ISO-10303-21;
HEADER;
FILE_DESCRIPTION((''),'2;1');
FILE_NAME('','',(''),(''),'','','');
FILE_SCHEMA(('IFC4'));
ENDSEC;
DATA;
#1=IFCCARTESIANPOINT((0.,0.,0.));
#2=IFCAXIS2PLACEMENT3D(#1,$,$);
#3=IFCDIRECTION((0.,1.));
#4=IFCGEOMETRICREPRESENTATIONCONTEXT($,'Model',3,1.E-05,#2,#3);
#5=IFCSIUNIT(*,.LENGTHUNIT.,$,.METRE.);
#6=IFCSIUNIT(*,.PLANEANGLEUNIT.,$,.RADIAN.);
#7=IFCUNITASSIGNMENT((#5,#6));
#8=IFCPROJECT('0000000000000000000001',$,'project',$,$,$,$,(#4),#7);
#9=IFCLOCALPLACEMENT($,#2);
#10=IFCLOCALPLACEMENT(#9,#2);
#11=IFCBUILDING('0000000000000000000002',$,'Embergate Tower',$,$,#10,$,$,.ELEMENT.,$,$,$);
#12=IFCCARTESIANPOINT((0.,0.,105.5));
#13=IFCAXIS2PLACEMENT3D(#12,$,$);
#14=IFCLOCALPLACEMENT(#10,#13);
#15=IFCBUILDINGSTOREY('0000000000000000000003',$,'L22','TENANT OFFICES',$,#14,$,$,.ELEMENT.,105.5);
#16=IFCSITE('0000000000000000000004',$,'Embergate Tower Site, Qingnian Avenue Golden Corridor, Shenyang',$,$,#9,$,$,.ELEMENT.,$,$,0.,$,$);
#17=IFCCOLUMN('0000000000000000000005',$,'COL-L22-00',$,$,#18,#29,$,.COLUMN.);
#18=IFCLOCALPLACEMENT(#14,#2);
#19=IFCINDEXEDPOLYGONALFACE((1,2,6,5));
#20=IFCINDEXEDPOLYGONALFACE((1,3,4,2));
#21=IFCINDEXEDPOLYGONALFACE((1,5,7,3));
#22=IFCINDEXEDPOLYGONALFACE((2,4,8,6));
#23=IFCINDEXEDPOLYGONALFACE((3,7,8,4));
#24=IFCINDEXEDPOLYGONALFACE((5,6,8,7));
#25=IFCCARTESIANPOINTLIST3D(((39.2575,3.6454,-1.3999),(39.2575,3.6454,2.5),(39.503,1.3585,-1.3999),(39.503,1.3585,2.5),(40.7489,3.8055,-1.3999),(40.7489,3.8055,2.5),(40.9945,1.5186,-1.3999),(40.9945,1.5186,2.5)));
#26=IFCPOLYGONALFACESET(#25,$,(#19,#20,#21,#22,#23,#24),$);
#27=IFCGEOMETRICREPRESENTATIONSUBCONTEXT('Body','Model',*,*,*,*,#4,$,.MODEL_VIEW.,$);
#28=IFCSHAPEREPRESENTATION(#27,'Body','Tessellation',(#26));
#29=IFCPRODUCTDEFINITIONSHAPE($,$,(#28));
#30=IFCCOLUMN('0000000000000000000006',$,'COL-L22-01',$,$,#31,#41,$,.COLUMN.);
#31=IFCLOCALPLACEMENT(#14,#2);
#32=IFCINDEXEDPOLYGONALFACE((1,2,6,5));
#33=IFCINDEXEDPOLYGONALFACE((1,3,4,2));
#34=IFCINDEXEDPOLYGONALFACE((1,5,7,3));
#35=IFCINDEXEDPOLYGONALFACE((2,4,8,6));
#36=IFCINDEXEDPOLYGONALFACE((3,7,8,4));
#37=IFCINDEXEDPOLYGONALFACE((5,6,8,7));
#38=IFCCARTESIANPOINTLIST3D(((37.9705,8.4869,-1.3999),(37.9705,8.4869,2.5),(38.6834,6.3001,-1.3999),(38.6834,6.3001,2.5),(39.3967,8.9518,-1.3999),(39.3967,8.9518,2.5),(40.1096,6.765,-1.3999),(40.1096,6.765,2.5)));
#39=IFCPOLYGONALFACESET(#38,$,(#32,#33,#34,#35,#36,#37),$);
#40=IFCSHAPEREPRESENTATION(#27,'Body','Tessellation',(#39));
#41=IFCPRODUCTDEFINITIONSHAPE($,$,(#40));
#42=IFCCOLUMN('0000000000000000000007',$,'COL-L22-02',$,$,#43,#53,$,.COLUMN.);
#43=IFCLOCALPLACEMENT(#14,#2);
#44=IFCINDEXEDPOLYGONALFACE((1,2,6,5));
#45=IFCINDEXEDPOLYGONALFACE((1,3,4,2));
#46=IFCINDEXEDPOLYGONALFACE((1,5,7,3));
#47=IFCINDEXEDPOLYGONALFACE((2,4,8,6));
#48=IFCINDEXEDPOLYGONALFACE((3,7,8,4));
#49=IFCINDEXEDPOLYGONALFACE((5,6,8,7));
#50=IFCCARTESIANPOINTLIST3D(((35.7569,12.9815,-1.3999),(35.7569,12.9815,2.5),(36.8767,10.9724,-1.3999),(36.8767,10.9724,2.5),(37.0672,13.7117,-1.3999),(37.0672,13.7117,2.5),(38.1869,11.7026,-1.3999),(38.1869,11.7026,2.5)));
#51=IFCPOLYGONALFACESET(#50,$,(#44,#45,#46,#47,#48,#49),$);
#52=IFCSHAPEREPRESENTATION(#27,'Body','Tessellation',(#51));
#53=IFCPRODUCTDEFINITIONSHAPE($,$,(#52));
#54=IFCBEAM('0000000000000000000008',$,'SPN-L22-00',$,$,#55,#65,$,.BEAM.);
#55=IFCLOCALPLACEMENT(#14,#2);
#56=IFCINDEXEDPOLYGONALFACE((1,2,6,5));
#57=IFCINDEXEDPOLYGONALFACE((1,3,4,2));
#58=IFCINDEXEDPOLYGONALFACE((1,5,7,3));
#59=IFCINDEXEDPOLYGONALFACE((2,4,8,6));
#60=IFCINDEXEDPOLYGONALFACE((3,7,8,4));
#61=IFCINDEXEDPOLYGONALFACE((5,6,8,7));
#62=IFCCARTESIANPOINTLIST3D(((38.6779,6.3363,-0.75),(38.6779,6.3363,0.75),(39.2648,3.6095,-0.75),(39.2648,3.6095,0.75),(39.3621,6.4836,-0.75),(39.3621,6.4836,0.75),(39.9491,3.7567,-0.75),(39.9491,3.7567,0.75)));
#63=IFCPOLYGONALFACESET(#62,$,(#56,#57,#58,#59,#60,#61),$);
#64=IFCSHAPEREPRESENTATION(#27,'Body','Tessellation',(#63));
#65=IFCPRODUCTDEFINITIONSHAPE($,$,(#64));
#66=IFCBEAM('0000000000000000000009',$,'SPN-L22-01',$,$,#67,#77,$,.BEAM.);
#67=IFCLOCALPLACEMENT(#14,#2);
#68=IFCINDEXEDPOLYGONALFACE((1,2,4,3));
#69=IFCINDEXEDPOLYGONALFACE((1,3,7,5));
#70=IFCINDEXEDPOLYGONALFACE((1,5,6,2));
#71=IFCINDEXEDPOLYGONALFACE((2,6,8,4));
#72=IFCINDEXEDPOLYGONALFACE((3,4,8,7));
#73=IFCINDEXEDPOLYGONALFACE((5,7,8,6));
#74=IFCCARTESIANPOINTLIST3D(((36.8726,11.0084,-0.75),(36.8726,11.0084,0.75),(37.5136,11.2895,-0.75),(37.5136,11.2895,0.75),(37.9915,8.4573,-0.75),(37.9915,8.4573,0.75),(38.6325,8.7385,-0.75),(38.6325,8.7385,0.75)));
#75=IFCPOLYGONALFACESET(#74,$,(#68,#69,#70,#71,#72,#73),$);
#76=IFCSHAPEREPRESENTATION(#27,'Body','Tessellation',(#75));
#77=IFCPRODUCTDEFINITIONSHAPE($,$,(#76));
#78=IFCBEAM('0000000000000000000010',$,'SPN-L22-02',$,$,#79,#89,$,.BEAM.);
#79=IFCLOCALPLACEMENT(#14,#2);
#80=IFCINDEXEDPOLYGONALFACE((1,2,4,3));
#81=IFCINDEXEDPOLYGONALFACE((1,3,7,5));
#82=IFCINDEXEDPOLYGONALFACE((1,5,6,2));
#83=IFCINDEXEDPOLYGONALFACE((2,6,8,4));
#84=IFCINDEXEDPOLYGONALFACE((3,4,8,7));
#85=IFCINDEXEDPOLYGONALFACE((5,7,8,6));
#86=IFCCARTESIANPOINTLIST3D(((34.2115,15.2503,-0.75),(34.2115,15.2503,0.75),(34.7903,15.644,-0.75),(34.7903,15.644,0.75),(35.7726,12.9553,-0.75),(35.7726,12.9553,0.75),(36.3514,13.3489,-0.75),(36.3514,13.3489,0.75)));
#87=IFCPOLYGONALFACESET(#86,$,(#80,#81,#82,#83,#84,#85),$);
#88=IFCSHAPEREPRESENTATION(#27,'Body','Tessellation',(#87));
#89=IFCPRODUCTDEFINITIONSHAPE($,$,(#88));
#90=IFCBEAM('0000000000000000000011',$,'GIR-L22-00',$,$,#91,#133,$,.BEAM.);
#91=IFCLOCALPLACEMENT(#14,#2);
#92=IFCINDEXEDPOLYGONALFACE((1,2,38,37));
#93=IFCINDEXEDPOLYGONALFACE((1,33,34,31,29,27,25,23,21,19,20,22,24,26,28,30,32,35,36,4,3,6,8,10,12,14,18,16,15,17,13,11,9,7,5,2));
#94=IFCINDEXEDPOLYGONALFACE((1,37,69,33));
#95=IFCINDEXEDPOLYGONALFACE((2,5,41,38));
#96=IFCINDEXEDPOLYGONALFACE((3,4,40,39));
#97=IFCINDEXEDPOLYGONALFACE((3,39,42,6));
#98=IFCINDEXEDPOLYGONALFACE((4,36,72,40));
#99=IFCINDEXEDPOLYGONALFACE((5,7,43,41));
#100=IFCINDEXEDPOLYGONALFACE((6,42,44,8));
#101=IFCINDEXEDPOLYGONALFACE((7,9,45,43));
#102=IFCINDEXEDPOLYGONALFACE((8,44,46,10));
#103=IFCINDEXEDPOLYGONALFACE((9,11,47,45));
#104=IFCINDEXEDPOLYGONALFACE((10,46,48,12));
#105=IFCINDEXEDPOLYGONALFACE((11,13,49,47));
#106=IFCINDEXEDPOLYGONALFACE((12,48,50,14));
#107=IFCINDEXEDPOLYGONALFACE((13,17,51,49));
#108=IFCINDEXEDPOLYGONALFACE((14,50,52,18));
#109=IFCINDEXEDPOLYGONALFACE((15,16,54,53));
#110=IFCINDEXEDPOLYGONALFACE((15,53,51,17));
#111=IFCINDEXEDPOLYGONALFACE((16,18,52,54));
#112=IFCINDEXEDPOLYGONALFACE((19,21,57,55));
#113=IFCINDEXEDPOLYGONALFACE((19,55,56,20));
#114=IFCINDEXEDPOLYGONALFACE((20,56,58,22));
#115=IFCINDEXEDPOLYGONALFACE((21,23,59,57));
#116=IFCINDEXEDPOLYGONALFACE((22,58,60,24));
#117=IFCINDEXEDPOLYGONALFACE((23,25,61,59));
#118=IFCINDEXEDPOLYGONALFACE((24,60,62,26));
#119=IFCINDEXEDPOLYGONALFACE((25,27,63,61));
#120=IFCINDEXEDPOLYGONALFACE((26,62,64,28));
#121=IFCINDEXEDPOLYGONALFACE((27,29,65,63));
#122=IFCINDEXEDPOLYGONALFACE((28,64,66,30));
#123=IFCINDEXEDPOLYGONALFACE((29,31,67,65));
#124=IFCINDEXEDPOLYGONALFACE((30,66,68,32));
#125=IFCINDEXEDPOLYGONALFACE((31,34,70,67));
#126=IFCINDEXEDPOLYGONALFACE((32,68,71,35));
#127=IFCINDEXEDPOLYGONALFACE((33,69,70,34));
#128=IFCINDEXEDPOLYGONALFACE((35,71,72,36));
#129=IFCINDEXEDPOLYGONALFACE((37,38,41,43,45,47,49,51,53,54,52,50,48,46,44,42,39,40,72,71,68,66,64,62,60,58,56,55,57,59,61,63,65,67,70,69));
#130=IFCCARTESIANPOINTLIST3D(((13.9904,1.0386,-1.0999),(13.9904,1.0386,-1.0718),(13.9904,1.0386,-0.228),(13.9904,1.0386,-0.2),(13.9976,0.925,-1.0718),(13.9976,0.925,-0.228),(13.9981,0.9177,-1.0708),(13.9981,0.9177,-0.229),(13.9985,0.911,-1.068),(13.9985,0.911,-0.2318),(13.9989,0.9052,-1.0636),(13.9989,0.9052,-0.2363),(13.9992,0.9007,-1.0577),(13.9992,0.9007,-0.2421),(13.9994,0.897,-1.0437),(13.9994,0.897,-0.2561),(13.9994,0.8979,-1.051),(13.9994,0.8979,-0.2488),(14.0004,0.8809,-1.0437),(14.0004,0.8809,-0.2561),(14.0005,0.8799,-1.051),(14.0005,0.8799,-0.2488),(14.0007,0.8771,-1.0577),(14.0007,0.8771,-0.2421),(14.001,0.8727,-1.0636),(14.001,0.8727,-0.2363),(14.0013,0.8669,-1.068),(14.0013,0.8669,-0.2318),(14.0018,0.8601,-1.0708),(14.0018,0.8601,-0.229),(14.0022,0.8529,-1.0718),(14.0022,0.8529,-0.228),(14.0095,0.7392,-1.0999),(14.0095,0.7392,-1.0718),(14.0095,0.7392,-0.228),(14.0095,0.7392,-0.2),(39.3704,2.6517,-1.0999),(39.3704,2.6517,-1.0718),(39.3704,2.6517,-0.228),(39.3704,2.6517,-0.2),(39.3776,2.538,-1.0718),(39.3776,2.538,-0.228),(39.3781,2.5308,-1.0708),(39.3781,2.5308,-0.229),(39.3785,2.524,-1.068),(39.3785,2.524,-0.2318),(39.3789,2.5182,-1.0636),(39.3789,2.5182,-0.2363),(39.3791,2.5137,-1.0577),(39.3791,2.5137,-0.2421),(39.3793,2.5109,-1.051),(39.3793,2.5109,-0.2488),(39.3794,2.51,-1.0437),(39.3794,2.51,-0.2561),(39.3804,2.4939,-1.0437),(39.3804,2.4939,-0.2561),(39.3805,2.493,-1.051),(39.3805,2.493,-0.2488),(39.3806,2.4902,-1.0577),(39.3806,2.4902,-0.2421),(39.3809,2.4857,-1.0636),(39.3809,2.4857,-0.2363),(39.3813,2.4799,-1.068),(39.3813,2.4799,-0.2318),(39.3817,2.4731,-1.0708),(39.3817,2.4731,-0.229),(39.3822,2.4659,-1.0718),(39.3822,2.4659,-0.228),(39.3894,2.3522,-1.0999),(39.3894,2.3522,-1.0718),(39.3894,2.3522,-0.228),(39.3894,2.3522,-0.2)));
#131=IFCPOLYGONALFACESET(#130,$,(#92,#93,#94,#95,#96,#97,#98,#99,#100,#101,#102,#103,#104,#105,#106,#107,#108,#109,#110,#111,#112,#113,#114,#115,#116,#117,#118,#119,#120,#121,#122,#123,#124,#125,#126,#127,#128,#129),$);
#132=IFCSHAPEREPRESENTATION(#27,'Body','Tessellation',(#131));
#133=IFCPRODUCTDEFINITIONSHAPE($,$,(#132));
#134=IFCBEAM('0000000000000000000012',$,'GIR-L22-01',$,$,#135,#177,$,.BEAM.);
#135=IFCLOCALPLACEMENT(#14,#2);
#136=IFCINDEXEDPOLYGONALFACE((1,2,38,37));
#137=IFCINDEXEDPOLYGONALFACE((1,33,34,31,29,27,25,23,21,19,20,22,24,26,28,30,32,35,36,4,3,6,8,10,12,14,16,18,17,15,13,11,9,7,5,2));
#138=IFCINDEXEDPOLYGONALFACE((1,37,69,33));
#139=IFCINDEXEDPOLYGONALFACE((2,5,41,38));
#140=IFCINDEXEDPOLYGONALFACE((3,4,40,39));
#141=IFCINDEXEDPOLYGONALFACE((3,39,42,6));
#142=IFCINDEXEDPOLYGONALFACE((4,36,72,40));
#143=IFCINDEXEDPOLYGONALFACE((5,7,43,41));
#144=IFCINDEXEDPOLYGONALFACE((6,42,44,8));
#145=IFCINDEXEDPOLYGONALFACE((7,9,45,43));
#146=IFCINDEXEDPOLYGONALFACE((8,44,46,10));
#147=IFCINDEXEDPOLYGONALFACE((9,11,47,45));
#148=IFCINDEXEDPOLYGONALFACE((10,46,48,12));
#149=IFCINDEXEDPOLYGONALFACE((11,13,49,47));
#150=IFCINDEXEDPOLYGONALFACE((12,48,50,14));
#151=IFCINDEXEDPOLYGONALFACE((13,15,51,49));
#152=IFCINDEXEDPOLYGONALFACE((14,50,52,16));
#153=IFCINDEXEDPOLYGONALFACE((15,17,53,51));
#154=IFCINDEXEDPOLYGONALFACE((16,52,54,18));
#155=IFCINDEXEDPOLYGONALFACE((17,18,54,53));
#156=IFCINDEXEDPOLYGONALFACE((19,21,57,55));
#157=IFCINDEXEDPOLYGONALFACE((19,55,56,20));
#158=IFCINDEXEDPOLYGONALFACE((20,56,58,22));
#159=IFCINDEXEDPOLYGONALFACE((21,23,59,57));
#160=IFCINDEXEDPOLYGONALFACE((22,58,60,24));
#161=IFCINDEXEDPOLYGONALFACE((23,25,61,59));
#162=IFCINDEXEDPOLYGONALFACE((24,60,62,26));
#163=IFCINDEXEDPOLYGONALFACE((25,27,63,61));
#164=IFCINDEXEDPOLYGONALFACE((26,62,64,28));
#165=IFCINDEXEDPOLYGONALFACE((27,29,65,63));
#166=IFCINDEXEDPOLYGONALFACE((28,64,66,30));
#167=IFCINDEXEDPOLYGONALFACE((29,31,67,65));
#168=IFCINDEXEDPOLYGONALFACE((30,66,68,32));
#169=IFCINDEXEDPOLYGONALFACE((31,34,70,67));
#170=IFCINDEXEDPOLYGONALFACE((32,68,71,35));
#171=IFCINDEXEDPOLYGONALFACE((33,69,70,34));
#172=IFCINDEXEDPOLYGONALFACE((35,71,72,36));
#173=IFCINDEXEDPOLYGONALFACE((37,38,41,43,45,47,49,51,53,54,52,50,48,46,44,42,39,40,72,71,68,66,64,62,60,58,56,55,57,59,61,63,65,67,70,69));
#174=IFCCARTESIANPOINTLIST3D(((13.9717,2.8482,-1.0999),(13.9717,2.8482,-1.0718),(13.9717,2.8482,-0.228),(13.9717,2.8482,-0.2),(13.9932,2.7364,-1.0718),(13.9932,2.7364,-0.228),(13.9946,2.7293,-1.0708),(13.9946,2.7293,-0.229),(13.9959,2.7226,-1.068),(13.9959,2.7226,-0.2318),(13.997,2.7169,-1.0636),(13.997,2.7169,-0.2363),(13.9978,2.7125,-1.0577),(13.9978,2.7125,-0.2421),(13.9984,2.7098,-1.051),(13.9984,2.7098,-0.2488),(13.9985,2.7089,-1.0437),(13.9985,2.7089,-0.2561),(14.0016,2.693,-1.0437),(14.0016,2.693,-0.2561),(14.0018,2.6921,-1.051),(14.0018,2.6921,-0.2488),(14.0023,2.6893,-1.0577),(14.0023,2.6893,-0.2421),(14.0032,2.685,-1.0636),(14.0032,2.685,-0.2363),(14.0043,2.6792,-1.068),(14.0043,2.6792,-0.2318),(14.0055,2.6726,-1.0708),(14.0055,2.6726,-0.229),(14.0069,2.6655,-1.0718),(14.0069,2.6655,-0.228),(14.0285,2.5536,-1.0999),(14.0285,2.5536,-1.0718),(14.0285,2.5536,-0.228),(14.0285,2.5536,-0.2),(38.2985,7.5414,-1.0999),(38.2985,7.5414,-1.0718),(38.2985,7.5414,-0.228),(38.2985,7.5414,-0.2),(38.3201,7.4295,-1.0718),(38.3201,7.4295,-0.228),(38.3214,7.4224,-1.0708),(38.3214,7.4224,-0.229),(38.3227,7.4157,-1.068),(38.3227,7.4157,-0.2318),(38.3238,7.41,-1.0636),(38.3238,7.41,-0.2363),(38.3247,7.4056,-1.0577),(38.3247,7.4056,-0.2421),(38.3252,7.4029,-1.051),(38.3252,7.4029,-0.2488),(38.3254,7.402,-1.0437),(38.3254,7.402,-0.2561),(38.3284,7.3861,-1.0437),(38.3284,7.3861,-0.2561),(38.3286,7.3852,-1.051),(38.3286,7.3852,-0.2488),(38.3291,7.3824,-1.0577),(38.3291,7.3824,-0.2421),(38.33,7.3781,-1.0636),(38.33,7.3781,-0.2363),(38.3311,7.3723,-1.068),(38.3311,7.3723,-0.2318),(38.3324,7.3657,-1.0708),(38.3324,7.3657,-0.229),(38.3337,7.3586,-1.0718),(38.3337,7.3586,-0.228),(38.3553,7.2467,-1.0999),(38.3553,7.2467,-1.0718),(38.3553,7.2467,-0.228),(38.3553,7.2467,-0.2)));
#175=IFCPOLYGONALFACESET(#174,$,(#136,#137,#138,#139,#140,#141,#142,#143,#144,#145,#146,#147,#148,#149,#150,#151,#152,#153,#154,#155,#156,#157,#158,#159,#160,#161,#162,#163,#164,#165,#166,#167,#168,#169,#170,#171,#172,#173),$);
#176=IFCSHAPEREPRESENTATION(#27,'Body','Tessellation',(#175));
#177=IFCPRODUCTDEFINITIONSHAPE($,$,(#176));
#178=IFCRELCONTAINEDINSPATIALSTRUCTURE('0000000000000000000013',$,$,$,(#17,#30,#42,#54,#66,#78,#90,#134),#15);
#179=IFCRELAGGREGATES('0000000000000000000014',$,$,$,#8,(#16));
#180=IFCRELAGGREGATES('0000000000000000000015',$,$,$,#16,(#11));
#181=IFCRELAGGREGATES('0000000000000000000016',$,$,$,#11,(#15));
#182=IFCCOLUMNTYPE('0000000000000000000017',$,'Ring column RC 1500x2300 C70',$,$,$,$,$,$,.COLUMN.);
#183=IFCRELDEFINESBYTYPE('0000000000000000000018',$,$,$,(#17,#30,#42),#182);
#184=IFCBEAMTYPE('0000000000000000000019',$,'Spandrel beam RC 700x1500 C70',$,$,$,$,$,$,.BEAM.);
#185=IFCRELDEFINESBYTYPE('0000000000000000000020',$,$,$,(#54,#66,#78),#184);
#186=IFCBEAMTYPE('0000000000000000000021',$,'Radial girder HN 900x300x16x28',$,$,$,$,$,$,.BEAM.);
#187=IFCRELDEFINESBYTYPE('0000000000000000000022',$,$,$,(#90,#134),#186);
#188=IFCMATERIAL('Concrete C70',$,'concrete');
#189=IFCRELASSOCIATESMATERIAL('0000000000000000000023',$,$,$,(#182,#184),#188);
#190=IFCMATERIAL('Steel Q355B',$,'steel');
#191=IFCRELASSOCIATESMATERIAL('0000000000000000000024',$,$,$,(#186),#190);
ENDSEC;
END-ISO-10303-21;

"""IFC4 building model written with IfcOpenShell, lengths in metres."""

from ifc_helpers import new_model, si_unit, direction, frame, origin, origin_2d, place, context, subcontext, project, spatial, rectangle, i_section, extrude, source, transform, mapped, material, material_profile, profile_set, type_object, element, save


model = new_model("IFC4")

# Units and contexts
model_context = context("Model", 3, precision=1e-05, world=origin(), true_north=direction((0.0, 1.0)))
body_context = subcontext(model_context, "Body", "Model", "MODEL_VIEW")
ifc_project = project(units=[si_unit("LENGTHUNIT", "METRE"), si_unit("PLANEANGLEUNIT", "RADIAN")], contexts=[model_context])

# Site, building, storey
site_placement = place(None, origin())
site = spatial("IfcSite", under=ifc_project, at=site_placement, Name="Embergate Tower Site, Qingnian Avenue Golden Corridor, Shenyang", CompositionType="ELEMENT", RefElevation=0.0)
building_placement = place(site_placement, origin())
building = spatial("IfcBuilding", under=site, at=building_placement, Name="Embergate Tower", CompositionType="ELEMENT")
storey_placement = place(building_placement, frame((0.0, 0.0, 105.5)))
storey = spatial("IfcBuildingStorey", under=building, at=storey_placement, Name="L22", Description="TENANT OFFICES", CompositionType="ELEMENT", Elevation=105.5)

# Columns
ifc_material_1 = material(Name="Concrete C70", Category="concrete")
ifc_material_profile_1 = material_profile(ifc_material_1, rectangle(XDim=1.5, YDim=2.3, at=origin_2d()), Name="RC 1500x2300")
ifc_profile_set_1 = profile_set([ifc_material_profile_1], Name="Concrete C70")
column_type = type_object("IfcColumnType", Name="Ring column RC 1500x2300 C70", PredefinedType="COLUMN", material=ifc_profile_set_1)
shared_shape_1 = source(origin(), body_context, "Body", "SweptSolid", [
    extrude(rectangle(XDim=1.5, YDim=2.3, at=origin_2d()), origin(), (0.0, 0.0, 1.0), 3.8999),
])
for number, where, z_axis, x_axis, name in (
    (1, (40.126, 2.582, -1.3999), (0.0, 0.0, 1.0), (0.994286, 0.10675, 0.0), "COL-L22-00"),
    (2, (39.04, 7.626, -1.3999), (0.0, 0.0, 1.0), (0.950754, 0.309946, 0.0), "COL-L22-01"),
    (3, (36.9719, 12.342, -1.3999), (0.0, 0.0, 1.0), (0.8735, 0.486823, 0.0), "COL-L22-02"),
):
    element("IfcColumn", number, at=place(storey_placement, frame(where, z_axis=z_axis, x_axis=x_axis)), inside=storey, type_object=column_type, Name=name, PredefinedType="COLUMN", context=body_context, shape_type="MappedRepresentation", body=[
        mapped(shared_shape_1, transform((0.0, 0.0, 0.0))),
    ])

# Beams
ifc_material_profile_2 = material_profile(ifc_material_1, rectangle(XDim=0.7, YDim=1.5, at=origin_2d()), Name="RC 700x1500")
ifc_profile_set_2 = profile_set([ifc_material_profile_2], Name="Concrete C70")
beam_type_1 = type_object("IfcBeamType", Name="Spandrel beam RC 700x1500 C70", PredefinedType="BEAM", material=ifc_profile_set_2)
shared_shape_2 = source(origin(), body_context, "Body", "SweptSolid", [
    extrude(rectangle(XDim=0.7, YDim=1.5, at=origin_2d()), origin(), (0.0, 0.0, 1.0), 2.7893),
])
beam_1_placement = place(storey_placement, frame((39.6069, 3.6831, 0.0), z_axis=(-0.21042, 0.977611, 0.0), x_axis=(-0.977611, -0.21042, 0.0)))
element("IfcBeam", 4, at=beam_1_placement, inside=storey, type_object=beam_type_1, Name="SPN-L22-00", PredefinedType="BEAM", context=body_context, shape_type="MappedRepresentation", body=[
    mapped(shared_shape_2, transform((0.0, 0.0, 0.0))),
])
shared_shape_3 = source(origin(), body_context, "Body", "SweptSolid", [
    extrude(rectangle(XDim=0.7, YDim=1.5, at=origin_2d()), origin(), (0.0, 0.0, 1.0), 2.7856),
])
beam_2_placement = place(storey_placement, frame((38.312, 8.5979, 0.0), z_axis=(-0.401669, 0.915785, 0.0), x_axis=(-0.915785, -0.401669, 0.0)))
element("IfcBeam", 5, at=beam_2_placement, inside=storey, type_object=beam_type_1, Name="SPN-L22-01", PredefinedType="BEAM", context=body_context, shape_type="MappedRepresentation", body=[
    mapped(shared_shape_3, transform((0.0, 0.0, 0.0))),
])
shared_shape_4 = source(origin(), body_context, "Body", "SweptSolid", [
    extrude(rectangle(XDim=0.7, YDim=1.5, at=origin_2d()), origin(), (0.0, 0.0, 1.0), 2.7756),
])
beam_3_placement = place(storey_placement, frame((36.062, 13.1521, 0.0), z_axis=(-0.56243, 0.826845, 0.0), x_axis=(-0.826845, -0.56243, 0.0)))
element("IfcBeam", 6, at=beam_3_placement, inside=storey, type_object=beam_type_1, Name="SPN-L22-02", PredefinedType="BEAM", context=body_context, shape_type="MappedRepresentation", body=[
    mapped(shared_shape_4, transform((0.0, 0.0, 0.0))),
])
ifc_material_2 = material(Name="Steel Q355B", Category="steel")
ifc_material_profile_3 = material_profile(ifc_material_2, i_section(OverallWidth=0.3, OverallDepth=0.8999, WebThickness=0.0161, FlangeThickness=0.0281, FilletRadius=0.0281, at=origin_2d()), Name="HN 900x300x16x28")
ifc_profile_set_3 = profile_set([ifc_material_profile_3], Name="Steel Q355 grade B")
beam_type_2 = type_object("IfcBeamType", Name="Radial girder HN 900x300x16x28", PredefinedType="BEAM", material=ifc_profile_set_3)
shared_shape_5 = source(origin(), body_context, "Body", "SweptSolid", [
    extrude(i_section(OverallWidth=0.3, OverallDepth=0.8999, WebThickness=0.0161, FlangeThickness=0.0281, FilletRadius=0.0281, at=origin_2d()), origin(), (0.0, 0.0, 1.0), 25.4312),
])
beam_4_placement = place(storey_placement, frame((39.3799, 2.502, -0.6499), z_axis=(-0.997986, -0.063428, 0.0), x_axis=(0.063428, -0.997986, 0.0)))
element("IfcBeam", 7, at=beam_4_placement, inside=storey, type_object=beam_type_2, Name="GIR-L22-00", PredefinedType="BEAM", context=body_context, shape_type="MappedRepresentation", body=[
    mapped(shared_shape_5, transform((0.0, 0.0, 0.0))),
])
shared_shape_6 = source(origin(), body_context, "Body", "SweptSolid", [
    extrude(i_section(OverallWidth=0.3, OverallDepth=0.8999, WebThickness=0.0161, FlangeThickness=0.0281, FilletRadius=0.0281, at=origin_2d()), origin(), (0.0, 0.0, 1.0), 24.7754),
])
beam_5_placement = place(storey_placement, frame((38.3269, 7.394, -0.6499), z_axis=(-0.981895, -0.189426, 0.0), x_axis=(0.189426, -0.981895, 0.0)))
element("IfcBeam", 8, at=beam_5_placement, inside=storey, type_object=beam_type_2, Name="GIR-L22-01", PredefinedType="BEAM", context=body_context, shape_type="MappedRepresentation", body=[
    mapped(shared_shape_6, transform((0.0, 0.0, 0.0))),
])

save(model, "model.ifc")
